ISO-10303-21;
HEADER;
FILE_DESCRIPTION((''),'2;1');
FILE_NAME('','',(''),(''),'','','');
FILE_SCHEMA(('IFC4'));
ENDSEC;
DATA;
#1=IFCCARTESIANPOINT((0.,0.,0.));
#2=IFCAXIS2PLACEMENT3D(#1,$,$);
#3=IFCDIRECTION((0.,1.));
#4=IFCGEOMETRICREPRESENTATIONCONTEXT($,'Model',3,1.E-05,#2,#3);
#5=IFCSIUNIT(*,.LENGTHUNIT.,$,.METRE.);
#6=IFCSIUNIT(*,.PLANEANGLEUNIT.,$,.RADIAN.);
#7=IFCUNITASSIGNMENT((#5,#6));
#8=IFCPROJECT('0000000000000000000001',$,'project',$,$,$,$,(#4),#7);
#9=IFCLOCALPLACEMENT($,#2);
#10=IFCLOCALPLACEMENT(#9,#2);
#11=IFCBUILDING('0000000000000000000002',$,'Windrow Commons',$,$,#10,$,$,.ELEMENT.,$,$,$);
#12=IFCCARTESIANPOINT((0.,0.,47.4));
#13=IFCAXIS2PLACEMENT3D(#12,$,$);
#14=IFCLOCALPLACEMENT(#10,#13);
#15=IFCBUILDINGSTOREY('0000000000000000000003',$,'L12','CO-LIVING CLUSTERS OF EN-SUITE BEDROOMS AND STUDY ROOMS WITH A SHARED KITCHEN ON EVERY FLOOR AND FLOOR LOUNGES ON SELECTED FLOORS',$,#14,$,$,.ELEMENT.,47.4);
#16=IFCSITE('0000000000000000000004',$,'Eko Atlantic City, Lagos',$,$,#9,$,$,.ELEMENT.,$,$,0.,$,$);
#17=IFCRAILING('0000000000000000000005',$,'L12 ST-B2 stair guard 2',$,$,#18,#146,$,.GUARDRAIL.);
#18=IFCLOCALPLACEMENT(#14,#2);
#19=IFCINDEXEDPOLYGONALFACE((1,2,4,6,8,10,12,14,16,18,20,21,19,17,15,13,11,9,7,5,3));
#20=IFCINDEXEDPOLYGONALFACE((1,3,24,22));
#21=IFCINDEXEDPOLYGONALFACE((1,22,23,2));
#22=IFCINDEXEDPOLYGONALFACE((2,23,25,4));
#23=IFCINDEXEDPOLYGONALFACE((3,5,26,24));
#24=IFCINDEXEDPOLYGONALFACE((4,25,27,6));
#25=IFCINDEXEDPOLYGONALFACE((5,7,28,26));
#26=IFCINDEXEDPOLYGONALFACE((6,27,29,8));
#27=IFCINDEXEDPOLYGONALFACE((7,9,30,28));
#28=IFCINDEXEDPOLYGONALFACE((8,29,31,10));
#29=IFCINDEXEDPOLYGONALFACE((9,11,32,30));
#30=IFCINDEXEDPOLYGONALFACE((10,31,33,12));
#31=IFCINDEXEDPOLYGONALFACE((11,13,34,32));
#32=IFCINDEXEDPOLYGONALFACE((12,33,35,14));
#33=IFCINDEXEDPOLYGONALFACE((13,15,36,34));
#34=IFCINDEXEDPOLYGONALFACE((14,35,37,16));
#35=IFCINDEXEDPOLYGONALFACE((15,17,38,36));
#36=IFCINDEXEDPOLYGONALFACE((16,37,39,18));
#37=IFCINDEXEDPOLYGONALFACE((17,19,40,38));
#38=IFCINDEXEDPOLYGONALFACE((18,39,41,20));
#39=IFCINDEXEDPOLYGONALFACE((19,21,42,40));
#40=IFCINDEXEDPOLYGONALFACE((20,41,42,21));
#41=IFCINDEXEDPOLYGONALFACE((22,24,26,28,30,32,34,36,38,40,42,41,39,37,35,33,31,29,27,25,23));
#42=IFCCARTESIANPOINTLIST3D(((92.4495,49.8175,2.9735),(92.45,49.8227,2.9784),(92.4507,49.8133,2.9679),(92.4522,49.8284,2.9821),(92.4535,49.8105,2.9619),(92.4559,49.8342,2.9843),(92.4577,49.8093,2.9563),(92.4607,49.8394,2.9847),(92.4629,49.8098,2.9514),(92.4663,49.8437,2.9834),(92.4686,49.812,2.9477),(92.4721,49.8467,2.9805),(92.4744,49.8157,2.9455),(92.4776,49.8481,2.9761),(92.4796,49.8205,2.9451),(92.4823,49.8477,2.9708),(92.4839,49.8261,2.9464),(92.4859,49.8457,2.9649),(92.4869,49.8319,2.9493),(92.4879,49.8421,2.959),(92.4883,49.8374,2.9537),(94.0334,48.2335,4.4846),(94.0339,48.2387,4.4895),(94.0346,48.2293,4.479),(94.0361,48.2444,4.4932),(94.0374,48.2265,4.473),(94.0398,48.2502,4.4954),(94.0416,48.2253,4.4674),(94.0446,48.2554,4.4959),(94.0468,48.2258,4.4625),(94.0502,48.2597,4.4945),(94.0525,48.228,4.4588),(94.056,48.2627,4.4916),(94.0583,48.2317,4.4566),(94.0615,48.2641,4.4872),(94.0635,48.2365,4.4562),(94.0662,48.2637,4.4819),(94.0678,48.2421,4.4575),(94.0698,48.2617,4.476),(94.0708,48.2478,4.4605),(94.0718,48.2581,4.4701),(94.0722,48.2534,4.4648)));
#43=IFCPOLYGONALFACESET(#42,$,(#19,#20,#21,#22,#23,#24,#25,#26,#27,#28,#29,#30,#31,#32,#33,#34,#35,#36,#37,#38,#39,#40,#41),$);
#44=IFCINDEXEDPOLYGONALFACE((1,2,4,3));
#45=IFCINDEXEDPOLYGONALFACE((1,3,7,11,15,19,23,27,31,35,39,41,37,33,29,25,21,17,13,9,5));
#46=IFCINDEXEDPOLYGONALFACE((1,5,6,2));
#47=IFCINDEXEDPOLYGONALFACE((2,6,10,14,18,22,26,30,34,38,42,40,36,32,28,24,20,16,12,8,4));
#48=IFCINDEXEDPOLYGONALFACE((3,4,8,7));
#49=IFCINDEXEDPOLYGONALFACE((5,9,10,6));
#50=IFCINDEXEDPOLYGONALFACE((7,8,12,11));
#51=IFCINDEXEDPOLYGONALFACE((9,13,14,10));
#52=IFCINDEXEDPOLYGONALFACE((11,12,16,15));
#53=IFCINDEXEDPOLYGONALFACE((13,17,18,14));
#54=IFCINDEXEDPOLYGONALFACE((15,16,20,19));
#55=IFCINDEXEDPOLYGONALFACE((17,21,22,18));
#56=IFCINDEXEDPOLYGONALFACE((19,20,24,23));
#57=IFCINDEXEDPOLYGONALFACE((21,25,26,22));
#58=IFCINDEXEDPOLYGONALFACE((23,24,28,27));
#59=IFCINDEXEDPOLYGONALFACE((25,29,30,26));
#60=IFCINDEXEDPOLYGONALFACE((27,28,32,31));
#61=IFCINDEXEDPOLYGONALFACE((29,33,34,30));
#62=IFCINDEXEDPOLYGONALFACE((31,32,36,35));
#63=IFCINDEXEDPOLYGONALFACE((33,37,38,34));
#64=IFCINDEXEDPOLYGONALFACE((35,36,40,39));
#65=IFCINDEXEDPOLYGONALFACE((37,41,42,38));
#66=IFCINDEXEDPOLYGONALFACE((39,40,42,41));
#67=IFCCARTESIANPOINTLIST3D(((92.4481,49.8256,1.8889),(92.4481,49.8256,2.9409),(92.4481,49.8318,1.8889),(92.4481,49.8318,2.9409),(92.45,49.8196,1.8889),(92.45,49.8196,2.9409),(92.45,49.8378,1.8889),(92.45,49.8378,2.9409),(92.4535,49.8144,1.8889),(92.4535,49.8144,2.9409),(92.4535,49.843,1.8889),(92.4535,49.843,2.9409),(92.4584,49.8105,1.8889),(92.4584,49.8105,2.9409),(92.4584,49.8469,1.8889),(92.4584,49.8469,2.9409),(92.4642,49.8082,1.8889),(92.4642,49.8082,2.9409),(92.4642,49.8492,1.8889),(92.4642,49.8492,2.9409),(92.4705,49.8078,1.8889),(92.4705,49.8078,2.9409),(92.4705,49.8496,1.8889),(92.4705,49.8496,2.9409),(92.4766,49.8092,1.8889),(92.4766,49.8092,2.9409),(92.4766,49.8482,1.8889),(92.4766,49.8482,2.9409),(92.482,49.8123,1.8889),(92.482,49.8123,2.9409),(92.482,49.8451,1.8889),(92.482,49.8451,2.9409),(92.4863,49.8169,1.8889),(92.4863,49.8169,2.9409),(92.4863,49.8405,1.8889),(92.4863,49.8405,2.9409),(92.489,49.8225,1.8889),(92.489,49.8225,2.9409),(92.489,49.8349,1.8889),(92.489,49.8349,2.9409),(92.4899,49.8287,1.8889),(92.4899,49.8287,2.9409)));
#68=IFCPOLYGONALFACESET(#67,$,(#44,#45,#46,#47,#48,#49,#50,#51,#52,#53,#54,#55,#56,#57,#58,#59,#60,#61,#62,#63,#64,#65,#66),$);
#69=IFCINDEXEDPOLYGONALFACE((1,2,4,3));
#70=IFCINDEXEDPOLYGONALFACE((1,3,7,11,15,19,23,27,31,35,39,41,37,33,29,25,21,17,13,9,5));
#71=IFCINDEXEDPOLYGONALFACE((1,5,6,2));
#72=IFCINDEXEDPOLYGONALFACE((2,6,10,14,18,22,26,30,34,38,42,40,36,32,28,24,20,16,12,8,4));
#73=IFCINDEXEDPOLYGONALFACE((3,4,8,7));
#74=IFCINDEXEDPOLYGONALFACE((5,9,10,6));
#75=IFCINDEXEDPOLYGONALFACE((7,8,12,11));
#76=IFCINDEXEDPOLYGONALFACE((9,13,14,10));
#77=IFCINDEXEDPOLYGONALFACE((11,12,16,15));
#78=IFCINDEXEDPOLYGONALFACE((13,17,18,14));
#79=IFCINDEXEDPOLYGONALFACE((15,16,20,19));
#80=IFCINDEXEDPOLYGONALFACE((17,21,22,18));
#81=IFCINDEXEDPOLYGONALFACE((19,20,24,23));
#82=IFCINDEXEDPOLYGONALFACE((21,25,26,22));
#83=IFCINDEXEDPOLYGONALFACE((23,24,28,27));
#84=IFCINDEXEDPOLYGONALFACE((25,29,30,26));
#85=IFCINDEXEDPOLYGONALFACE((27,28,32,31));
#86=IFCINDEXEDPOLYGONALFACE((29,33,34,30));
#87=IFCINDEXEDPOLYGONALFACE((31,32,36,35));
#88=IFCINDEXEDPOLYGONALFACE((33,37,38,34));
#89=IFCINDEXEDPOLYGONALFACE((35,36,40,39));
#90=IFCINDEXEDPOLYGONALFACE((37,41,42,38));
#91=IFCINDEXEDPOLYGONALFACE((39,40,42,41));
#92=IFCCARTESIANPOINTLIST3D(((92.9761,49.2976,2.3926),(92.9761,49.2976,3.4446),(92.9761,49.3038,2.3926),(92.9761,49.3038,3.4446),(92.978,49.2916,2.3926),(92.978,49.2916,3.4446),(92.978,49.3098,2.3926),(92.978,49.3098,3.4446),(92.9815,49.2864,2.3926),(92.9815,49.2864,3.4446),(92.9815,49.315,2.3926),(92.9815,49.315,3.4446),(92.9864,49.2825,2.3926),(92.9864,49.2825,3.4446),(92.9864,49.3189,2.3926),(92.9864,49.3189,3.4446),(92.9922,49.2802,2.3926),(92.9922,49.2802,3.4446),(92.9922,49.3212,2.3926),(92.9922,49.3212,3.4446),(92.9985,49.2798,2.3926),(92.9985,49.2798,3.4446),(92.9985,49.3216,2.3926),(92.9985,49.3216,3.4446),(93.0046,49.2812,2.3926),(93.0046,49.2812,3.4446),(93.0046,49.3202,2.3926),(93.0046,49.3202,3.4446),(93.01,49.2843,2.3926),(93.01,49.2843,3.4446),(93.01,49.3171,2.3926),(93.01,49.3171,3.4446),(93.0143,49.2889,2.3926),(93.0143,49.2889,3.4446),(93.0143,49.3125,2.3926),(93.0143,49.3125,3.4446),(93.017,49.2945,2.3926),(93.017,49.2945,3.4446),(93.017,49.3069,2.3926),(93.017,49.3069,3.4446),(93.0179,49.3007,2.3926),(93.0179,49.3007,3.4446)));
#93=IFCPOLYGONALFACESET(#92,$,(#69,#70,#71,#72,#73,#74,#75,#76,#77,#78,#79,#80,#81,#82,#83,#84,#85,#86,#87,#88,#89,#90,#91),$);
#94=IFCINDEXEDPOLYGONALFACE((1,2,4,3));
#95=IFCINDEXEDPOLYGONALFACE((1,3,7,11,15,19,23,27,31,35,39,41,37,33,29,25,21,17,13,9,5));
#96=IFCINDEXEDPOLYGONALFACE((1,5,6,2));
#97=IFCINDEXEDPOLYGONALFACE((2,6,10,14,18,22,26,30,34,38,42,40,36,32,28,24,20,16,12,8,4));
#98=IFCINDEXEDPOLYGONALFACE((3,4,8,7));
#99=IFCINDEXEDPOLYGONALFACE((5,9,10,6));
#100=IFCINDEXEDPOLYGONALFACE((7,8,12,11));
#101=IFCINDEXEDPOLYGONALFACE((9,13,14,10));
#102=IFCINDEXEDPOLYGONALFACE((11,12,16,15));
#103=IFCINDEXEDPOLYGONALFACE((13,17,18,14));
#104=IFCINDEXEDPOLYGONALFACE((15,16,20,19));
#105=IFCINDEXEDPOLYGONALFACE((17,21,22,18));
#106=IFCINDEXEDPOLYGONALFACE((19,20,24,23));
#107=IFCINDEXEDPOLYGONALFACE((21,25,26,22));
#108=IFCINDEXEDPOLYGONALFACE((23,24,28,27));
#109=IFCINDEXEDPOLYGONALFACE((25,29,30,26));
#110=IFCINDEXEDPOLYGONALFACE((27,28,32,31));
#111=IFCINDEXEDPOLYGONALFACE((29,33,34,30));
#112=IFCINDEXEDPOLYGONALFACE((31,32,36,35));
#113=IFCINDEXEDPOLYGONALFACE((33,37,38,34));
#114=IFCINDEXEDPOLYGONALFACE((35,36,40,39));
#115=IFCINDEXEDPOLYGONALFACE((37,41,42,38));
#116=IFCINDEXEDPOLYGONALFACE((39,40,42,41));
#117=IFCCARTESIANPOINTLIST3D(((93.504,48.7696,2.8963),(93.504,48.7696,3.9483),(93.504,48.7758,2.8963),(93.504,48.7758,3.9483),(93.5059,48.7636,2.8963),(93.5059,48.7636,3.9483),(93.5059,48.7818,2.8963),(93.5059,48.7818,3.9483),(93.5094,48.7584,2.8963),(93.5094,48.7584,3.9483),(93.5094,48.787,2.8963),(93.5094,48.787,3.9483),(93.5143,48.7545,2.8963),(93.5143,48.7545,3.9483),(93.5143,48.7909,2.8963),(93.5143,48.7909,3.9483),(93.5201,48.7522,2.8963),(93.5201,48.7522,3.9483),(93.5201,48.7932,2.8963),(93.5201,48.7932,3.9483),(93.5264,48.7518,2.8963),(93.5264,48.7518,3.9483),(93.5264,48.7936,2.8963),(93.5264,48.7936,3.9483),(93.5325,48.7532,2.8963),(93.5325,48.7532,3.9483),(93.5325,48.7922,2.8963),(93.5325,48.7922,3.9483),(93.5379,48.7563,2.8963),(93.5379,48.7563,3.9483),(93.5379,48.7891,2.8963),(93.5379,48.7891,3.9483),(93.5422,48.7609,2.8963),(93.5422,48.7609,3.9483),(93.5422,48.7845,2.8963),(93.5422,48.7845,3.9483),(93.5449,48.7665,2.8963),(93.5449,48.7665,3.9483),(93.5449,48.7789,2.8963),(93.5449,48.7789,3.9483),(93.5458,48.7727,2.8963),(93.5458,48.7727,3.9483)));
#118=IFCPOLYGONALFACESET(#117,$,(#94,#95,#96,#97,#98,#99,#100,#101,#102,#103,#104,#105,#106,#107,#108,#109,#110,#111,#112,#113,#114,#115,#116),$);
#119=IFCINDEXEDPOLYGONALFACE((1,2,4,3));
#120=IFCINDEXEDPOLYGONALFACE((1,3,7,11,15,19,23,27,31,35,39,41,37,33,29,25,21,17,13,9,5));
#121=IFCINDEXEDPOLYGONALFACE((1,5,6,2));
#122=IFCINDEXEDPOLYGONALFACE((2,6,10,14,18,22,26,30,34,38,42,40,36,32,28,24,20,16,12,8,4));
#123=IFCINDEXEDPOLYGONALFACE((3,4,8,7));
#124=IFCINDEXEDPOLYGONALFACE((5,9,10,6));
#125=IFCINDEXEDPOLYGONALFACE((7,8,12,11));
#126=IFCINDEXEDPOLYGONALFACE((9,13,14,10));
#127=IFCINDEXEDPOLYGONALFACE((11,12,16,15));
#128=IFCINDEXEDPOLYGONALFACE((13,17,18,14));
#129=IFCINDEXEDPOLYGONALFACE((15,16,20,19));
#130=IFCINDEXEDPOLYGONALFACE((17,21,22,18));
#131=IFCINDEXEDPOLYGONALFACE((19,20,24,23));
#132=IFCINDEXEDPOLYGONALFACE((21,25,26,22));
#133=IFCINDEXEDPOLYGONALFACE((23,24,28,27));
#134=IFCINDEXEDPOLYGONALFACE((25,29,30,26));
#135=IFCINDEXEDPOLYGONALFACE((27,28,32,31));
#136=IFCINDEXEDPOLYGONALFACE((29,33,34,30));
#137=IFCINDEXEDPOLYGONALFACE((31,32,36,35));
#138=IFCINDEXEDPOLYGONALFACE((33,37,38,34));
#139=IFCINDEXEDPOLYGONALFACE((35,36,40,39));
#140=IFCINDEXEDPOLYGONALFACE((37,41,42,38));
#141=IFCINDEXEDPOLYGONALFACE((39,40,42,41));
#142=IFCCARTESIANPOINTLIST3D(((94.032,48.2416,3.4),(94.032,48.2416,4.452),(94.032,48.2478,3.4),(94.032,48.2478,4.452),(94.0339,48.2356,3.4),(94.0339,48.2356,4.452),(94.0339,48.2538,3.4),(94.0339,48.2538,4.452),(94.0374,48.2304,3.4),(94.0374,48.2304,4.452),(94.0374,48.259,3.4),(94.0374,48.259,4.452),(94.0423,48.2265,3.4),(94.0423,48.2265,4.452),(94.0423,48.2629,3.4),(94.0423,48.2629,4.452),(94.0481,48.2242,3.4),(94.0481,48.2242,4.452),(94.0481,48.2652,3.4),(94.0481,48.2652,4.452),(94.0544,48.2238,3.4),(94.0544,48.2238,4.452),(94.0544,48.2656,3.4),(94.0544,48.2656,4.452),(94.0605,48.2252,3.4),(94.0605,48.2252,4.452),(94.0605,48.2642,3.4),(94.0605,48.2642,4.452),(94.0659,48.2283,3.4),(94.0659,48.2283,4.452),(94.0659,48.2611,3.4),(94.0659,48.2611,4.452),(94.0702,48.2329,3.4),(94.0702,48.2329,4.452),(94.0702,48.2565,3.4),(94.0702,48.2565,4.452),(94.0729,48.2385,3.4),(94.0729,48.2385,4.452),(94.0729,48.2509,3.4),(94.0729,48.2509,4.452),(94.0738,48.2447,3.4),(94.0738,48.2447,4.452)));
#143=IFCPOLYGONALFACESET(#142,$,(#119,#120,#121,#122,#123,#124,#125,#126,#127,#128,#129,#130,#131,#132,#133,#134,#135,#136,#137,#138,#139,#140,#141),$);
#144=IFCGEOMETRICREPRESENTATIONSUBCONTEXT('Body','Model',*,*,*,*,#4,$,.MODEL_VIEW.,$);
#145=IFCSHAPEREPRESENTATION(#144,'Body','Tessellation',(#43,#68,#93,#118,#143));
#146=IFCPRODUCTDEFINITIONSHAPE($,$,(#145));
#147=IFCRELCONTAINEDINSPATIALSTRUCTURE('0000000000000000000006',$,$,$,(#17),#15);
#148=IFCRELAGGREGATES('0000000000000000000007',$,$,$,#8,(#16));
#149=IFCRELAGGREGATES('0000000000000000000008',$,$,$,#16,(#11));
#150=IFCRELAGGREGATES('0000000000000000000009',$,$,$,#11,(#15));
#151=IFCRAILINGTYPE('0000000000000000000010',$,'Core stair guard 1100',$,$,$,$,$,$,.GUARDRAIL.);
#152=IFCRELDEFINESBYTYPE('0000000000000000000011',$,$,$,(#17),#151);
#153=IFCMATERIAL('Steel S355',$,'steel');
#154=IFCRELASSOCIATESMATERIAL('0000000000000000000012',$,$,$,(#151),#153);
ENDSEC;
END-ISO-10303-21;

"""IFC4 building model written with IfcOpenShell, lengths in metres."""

from ifc_helpers import new_model, si_unit, direction, frame, origin, origin_2d, place, context, subcontext, project, spatial, circle, extrude, material, type_object, element, save


model = new_model("IFC4")

# Units and contexts
model_context = context("Model", 3, precision=1e-05, world=origin(), true_north=direction((0.0, 1.0)))
body_context = subcontext(model_context, "Body", "Model", "MODEL_VIEW")
ifc_project = project(units=[si_unit("LENGTHUNIT", "METRE"), si_unit("PLANEANGLEUNIT", "RADIAN")], contexts=[model_context])

# Site, building, storey
site_placement = place(None, origin())
site = spatial("IfcSite", under=ifc_project, at=site_placement, Name="Eko Atlantic City, Lagos", CompositionType="ELEMENT", RefElevation=0.0)
building_placement = place(site_placement, origin())
building = spatial("IfcBuilding", under=site, at=building_placement, Name="Windrow Commons", CompositionType="ELEMENT")
storey_placement = place(building_placement, frame((0.0, 0.0, 47.4)))
storey = spatial("IfcBuildingStorey", under=building, at=storey_placement, Name="L12", Description="CO-LIVING CLUSTERS OF EN-SUITE BEDROOMS AND STUDY ROOMS WITH A SHARED KITCHEN ON EVERY FLOOR AND FLOOR LOUNGES ON SELECTED FLOORS", CompositionType="ELEMENT", Elevation=47.4)

# Railing
ifc_material_1 = material(Name="Steel S355", Category="steel")
railing_type_1 = type_object("IfcRailingType", Name="Core stair guard 1100", PredefinedType="GUARDRAIL", material=ifc_material_1)
railing_1_placement = place(storey_placement, frame((92.4689, 49.8287, 1.8889)))
element("IfcRailing", 1, at=railing_1_placement, inside=storey, type_object=railing_type_1, Name="L12 ST-B2 stair guard 2", PredefinedType="GUARDRAIL", context=body_context, shape_type="SweptSolid", body=[
    extrude(circle(Radius=0.024, at=origin_2d()), frame((0.0, 0.0, 1.076), z_axis=(0.586179, -0.586216, 0.559237), x_axis=(0.707129, 0.707084, 0.0)), (0.0, 0.0, 1.0), 2.7021),
    extrude(circle(Radius=0.021, at=origin_2d()), origin(), (0.0, 0.0, 1.0), 1.052),
    extrude(circle(Radius=0.021, at=origin_2d()), frame((0.528, -0.528, 0.5037)), (0.0, 0.0, 1.0), 1.052),
    extrude(circle(Radius=0.021, at=origin_2d()), frame((1.0559, -1.056, 1.0074)), (0.0, 0.0, 1.0), 1.052),
    extrude(circle(Radius=0.021, at=origin_2d()), frame((1.5839, -1.584, 1.5111)), (0.0, 0.0, 1.0), 1.052),
])

save(model, "model.ifc")
